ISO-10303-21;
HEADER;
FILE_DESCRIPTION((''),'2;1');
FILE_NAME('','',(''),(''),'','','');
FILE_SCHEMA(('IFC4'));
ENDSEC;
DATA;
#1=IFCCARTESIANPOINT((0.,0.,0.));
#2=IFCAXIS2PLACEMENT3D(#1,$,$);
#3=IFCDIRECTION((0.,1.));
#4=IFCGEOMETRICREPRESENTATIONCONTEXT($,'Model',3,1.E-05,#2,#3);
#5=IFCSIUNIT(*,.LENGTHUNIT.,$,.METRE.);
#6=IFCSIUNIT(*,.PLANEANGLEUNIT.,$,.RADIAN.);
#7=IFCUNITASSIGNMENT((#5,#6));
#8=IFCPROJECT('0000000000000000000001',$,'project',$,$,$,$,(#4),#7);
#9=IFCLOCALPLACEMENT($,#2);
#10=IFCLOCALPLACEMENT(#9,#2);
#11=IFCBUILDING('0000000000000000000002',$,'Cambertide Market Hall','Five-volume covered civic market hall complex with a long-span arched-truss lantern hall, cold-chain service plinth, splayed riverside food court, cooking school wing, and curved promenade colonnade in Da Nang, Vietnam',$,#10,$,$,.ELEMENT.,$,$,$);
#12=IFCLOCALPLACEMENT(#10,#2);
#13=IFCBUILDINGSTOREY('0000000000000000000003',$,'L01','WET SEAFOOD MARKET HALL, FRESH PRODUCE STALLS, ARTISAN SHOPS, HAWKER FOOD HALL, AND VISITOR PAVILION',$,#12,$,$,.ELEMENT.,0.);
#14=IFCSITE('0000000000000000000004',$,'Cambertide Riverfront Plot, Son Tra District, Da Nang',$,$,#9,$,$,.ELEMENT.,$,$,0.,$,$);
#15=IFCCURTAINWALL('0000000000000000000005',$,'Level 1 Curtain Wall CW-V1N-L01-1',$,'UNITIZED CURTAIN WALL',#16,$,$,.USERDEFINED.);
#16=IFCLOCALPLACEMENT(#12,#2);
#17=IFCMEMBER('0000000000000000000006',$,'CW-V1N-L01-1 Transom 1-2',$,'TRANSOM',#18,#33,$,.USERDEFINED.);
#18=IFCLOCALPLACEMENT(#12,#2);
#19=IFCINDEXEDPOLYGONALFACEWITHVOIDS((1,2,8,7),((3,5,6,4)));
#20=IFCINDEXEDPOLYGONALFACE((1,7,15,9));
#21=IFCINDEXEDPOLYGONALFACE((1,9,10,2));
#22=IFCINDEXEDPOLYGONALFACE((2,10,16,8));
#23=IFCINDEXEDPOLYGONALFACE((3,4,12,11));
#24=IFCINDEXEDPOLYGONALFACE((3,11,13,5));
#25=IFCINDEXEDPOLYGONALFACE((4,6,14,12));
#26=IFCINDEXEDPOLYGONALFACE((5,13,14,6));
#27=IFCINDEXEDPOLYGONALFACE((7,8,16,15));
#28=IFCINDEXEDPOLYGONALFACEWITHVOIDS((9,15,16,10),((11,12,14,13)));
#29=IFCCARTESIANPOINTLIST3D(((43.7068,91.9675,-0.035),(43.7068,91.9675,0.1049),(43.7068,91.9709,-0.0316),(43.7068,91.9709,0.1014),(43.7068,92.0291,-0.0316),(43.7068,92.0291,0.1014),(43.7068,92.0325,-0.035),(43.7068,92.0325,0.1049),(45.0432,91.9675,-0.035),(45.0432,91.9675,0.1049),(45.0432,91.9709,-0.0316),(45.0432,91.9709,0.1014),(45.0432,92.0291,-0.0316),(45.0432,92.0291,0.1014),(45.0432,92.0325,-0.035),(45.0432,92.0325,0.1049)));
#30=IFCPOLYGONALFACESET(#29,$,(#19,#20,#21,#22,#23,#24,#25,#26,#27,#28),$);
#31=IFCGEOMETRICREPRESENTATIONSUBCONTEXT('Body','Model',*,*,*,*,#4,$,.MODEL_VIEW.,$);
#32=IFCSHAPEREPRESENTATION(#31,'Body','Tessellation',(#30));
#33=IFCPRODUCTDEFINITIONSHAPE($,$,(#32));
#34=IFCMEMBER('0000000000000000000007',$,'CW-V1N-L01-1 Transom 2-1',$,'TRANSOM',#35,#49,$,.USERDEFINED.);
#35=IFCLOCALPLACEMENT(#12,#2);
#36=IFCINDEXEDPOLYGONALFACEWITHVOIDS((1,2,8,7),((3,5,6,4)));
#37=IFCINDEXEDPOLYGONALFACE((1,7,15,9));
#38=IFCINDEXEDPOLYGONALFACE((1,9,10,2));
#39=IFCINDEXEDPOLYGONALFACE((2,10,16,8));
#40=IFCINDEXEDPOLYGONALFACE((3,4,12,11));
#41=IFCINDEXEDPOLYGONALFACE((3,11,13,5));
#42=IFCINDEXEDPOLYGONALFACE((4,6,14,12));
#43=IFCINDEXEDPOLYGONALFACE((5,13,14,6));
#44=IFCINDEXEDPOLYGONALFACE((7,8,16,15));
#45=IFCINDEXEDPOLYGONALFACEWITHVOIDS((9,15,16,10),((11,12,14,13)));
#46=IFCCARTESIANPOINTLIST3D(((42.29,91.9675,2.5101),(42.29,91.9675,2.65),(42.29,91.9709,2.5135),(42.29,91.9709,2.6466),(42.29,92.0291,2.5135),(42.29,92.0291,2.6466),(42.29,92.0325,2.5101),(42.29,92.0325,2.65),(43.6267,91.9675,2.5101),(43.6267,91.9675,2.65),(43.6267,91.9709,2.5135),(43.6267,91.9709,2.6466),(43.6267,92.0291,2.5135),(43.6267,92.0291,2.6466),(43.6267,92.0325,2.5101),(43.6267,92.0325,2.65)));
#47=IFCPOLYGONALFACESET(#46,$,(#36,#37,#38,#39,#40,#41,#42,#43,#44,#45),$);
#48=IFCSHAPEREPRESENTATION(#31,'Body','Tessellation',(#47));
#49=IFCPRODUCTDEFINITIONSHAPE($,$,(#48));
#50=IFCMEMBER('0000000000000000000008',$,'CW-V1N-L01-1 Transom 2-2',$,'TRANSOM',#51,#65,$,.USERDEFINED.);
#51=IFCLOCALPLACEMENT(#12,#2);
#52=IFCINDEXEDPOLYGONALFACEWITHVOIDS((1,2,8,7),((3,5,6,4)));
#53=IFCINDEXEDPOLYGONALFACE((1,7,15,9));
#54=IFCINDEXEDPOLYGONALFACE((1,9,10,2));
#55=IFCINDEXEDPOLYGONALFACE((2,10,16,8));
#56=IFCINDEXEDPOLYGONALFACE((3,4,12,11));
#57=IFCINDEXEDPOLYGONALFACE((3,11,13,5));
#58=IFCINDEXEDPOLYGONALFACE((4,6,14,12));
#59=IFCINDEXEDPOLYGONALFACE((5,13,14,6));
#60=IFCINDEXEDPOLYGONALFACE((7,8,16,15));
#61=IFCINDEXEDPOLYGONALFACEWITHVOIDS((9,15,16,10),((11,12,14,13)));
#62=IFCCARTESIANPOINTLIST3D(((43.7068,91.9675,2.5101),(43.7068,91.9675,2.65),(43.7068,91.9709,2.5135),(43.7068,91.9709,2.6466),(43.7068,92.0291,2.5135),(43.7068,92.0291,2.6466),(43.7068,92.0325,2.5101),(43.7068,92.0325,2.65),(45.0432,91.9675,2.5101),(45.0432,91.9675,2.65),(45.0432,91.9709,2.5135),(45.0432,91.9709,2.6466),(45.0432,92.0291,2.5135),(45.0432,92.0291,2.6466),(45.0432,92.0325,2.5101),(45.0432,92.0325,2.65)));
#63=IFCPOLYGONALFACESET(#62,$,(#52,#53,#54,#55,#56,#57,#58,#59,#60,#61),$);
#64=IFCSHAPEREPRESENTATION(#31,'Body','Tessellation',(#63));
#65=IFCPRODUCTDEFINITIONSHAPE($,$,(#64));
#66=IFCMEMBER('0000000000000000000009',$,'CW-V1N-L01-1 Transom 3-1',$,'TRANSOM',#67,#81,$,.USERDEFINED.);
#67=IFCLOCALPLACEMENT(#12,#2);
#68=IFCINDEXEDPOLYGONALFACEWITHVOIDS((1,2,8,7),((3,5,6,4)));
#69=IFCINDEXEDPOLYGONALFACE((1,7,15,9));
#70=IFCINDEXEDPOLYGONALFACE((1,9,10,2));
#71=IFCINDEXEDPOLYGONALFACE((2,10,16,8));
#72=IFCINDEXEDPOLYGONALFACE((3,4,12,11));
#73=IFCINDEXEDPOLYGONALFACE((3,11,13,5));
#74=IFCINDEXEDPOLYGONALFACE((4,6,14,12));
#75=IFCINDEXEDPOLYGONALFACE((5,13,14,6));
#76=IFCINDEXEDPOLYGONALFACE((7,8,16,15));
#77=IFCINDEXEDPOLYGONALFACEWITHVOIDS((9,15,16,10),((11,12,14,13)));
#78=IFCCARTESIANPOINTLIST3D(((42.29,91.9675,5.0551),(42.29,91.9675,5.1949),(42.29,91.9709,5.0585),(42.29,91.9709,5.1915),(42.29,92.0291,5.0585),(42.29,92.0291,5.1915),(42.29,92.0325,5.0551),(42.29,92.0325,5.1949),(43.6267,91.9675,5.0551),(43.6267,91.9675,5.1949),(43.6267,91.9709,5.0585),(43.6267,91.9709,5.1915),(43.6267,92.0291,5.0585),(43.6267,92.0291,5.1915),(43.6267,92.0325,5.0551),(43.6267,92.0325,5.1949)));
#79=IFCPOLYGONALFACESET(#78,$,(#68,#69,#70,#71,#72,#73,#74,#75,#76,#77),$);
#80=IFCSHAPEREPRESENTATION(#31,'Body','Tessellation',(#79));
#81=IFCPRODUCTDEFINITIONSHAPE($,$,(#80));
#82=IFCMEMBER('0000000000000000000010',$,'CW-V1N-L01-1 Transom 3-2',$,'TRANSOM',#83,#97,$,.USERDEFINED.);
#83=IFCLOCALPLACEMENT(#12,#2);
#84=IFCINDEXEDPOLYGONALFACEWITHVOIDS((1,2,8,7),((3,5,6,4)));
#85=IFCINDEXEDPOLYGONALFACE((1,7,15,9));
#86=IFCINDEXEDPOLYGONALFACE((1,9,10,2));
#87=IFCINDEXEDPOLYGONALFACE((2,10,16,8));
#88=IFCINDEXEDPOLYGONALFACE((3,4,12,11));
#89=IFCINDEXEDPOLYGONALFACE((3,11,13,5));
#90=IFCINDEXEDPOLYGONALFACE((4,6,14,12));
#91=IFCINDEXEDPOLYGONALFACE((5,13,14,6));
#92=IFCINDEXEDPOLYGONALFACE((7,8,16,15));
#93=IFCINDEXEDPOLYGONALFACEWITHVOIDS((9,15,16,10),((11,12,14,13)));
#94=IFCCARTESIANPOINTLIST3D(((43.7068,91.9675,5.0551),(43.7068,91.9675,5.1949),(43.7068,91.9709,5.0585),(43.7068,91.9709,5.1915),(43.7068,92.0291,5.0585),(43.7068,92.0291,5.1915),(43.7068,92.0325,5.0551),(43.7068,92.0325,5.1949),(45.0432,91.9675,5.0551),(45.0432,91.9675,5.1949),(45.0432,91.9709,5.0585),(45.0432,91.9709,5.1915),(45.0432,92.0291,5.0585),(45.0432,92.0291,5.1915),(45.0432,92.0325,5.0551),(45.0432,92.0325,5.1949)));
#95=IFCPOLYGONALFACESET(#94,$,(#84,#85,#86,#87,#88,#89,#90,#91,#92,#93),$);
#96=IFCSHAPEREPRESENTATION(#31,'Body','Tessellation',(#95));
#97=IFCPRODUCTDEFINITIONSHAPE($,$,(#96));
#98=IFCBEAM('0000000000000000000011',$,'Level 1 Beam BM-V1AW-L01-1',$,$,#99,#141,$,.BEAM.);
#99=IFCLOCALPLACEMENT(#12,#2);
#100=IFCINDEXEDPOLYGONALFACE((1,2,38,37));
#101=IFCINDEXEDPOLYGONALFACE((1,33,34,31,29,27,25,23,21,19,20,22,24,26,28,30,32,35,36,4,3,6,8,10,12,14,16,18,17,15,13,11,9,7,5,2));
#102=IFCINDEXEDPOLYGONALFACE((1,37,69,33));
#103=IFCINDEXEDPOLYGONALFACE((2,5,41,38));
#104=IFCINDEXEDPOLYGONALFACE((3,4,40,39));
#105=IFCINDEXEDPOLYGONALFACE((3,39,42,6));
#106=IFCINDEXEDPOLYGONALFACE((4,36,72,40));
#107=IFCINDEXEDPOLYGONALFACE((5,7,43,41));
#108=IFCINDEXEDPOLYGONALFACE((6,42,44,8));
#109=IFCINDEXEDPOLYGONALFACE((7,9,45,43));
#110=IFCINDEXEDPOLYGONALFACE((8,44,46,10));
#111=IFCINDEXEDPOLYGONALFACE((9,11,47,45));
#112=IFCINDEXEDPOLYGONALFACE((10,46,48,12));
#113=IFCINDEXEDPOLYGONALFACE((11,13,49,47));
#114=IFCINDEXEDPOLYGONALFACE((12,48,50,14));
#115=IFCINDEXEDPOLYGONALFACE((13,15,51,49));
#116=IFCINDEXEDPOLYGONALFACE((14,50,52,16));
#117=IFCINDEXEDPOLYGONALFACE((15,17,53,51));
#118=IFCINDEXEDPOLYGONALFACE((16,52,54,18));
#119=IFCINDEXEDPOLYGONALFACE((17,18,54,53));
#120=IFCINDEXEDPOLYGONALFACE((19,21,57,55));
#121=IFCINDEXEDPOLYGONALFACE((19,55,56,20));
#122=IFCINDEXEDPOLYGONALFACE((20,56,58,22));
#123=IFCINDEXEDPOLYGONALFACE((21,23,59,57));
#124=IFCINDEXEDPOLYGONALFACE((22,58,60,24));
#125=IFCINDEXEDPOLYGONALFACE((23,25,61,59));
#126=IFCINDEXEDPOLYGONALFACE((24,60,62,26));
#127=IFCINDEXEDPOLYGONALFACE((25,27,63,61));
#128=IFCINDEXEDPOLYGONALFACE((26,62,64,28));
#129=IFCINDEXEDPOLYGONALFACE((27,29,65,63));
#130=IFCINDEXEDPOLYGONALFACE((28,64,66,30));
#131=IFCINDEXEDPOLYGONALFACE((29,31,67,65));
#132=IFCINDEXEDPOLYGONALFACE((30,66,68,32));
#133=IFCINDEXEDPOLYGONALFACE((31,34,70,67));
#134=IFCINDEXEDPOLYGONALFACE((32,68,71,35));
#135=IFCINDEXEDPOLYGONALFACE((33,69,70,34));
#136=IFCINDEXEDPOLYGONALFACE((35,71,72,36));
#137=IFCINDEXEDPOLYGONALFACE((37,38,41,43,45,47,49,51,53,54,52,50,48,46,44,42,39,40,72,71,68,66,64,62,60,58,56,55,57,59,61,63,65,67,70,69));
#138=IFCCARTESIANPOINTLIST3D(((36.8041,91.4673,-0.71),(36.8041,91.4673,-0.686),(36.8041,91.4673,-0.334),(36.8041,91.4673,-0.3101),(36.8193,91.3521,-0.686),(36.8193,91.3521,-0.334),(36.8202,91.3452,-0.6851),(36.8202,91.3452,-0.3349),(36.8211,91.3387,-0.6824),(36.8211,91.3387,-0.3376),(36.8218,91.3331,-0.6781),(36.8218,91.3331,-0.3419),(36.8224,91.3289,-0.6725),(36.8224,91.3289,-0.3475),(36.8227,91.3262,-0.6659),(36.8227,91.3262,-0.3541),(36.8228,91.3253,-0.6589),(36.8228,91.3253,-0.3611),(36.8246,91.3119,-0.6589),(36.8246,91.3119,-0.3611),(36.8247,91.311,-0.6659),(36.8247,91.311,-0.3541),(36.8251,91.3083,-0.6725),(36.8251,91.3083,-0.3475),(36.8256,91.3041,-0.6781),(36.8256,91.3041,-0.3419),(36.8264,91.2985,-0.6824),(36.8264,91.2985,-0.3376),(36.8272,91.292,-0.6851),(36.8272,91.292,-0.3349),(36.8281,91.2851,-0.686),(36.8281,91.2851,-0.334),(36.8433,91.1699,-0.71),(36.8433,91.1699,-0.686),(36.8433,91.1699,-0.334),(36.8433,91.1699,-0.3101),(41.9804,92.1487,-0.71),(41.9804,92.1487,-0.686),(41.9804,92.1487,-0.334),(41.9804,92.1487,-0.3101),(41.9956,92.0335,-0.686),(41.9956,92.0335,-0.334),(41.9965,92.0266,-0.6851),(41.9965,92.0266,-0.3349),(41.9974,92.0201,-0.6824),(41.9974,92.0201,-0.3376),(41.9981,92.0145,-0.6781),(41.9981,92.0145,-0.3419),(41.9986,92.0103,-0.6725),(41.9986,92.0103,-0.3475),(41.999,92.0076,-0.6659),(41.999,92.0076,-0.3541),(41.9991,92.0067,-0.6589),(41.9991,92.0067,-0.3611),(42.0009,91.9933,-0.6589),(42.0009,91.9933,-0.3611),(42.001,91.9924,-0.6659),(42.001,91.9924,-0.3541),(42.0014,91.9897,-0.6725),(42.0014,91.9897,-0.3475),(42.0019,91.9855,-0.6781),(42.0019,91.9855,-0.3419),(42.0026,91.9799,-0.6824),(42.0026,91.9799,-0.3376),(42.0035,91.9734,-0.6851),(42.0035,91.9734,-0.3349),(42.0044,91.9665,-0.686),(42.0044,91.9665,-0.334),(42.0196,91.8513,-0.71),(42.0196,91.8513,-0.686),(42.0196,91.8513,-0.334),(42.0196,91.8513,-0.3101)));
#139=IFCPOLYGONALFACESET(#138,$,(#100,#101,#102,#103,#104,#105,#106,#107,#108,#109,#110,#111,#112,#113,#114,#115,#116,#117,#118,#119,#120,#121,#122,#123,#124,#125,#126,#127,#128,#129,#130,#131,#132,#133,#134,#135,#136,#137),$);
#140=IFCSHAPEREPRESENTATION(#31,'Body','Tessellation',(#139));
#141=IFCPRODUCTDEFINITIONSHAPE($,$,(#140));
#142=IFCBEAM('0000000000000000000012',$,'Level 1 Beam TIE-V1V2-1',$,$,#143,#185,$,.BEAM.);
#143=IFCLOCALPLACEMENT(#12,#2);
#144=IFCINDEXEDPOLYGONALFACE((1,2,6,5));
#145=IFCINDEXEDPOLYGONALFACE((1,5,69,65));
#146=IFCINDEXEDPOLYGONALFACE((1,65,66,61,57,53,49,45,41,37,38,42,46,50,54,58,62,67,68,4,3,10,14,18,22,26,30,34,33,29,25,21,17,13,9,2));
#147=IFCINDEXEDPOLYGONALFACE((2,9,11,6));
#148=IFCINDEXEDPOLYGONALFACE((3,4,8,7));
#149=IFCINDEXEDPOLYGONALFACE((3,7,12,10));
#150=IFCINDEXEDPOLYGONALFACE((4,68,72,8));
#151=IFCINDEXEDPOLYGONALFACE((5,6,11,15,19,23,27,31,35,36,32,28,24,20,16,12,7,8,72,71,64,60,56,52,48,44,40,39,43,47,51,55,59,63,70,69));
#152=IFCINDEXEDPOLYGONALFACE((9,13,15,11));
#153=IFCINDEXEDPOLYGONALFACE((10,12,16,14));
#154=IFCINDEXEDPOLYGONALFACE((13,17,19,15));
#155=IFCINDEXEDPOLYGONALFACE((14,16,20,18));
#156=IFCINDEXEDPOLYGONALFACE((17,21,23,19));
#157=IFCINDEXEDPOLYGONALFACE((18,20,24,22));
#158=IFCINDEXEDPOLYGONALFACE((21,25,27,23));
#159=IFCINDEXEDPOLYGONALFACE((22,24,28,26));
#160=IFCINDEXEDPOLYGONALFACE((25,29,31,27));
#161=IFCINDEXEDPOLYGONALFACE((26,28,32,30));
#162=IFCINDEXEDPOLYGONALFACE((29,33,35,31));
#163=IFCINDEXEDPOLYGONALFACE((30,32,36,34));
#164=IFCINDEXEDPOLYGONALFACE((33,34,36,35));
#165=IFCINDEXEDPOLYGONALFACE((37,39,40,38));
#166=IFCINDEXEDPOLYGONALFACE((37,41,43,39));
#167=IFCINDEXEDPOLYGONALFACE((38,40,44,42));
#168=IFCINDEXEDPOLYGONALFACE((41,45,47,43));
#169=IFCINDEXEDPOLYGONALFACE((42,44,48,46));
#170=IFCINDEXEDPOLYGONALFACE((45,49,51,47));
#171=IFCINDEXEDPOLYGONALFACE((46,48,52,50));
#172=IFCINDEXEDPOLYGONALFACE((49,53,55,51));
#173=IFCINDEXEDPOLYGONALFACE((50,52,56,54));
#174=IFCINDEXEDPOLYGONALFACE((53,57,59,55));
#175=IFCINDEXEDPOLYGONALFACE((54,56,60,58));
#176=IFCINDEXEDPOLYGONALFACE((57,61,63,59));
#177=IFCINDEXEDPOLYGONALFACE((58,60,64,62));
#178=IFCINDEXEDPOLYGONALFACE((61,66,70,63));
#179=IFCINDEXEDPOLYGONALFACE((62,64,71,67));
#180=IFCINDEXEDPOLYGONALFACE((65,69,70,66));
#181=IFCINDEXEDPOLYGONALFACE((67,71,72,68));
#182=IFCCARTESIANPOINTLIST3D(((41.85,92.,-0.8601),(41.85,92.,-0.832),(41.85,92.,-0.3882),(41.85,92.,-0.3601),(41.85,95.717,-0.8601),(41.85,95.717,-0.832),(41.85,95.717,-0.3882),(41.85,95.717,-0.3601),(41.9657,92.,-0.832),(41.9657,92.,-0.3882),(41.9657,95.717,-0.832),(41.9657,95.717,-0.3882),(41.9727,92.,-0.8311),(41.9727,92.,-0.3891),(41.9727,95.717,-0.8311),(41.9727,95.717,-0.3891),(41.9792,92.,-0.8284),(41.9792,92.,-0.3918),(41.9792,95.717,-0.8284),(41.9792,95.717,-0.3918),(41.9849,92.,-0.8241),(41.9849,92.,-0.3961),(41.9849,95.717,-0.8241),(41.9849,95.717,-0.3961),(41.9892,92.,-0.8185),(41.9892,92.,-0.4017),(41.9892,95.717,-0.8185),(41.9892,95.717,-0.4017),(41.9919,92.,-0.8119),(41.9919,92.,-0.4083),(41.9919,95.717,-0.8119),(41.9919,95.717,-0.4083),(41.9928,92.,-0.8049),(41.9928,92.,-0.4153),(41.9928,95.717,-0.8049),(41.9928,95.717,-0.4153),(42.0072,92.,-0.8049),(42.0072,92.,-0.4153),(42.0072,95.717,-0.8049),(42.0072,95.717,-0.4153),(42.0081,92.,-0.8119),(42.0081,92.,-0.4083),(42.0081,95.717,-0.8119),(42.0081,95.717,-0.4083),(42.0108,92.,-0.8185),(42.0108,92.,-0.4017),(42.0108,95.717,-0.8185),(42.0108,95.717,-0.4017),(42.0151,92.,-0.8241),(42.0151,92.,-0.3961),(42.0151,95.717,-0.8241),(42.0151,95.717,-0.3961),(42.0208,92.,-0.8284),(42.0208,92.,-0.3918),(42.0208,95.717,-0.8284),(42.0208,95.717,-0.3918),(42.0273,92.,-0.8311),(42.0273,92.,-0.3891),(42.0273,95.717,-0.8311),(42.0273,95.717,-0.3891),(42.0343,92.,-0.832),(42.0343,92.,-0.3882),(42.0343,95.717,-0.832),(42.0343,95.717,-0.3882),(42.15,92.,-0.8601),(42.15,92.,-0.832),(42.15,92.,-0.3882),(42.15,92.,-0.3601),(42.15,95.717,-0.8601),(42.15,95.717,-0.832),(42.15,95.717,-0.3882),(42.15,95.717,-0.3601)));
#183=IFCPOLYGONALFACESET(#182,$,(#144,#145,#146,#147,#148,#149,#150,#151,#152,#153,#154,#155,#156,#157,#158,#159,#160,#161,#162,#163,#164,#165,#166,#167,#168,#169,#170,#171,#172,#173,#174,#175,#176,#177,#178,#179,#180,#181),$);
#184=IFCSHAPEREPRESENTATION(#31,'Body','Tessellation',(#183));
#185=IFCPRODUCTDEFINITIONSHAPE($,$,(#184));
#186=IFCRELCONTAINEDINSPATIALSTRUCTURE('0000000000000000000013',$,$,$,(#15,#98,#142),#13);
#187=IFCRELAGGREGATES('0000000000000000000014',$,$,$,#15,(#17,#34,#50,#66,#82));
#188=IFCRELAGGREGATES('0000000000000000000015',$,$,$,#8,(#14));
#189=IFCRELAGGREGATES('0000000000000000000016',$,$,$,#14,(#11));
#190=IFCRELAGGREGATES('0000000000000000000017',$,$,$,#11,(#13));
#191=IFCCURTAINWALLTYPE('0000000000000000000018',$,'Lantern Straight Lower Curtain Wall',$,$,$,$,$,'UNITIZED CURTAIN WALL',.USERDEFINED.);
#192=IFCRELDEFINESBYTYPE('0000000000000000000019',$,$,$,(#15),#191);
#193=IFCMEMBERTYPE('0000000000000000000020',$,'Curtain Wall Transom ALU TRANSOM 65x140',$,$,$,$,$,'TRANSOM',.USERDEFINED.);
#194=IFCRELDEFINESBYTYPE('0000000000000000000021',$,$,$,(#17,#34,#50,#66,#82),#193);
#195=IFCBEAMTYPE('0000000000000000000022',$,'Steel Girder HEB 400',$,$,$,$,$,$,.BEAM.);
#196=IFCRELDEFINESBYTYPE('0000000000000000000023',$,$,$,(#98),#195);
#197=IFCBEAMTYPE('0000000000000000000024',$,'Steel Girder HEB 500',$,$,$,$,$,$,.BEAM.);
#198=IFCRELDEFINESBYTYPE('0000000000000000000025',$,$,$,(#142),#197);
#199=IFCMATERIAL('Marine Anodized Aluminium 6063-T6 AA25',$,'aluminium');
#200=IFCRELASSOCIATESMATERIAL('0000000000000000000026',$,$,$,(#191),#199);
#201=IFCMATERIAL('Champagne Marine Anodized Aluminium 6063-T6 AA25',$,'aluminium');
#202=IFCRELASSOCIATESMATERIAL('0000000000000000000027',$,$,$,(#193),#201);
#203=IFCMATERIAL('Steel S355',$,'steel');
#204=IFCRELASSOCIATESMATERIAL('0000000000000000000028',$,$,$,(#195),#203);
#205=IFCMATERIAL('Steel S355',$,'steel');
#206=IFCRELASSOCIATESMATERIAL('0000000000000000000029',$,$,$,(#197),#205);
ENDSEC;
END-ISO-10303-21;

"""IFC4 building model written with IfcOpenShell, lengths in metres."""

from ifc_helpers import new_model, si_unit, direction, frame, origin, origin_2d, place, context, subcontext, project, spatial, hollow_rectangle, i_section, extrude, material, material_profile, profile_set, type_object, element, aggregate, save


model = new_model("IFC4")

# Units and contexts
model_context = context("Model", 3, precision=1e-05, world=origin(), true_north=direction((0.0, 1.0)))
body_context = subcontext(model_context, "Body", "Model", "MODEL_VIEW")
ifc_project = project(units=[si_unit("LENGTHUNIT", "METRE"), si_unit("PLANEANGLEUNIT", "RADIAN")], contexts=[model_context])

# Site, building, storey
site_placement = place(None, origin())
site = spatial("IfcSite", under=ifc_project, at=site_placement, Name="Cambertide Riverfront Plot, Son Tra District, Da Nang", CompositionType="ELEMENT", RefElevation=0.0)
building_placement = place(site_placement, origin())
building = spatial("IfcBuilding", under=site, at=building_placement, Name="Cambertide Market Hall", Description="Five-volume covered civic market hall complex with a long-span arched-truss lantern hall, cold-chain service plinth, splayed riverside food court, cooking school wing, and curved promenade colonnade in Da Nang, Vietnam", CompositionType="ELEMENT")
storey_placement = place(building_placement, origin())
storey = spatial("IfcBuildingStorey", under=building, at=storey_placement, Name="L01", Description="WET SEAFOOD MARKET HALL, FRESH PRODUCE STALLS, ARTISAN SHOPS, HAWKER FOOD HALL, AND VISITOR PAVILION", CompositionType="ELEMENT", Elevation=0.0)

# Curtain wall
ifc_material_1 = material(Name="Marine Anodized Aluminium 6063-T6 AA25", Category="aluminium")
curtain_wall_type_1 = type_object("IfcCurtainWallType", Name="Lantern Straight Lower Curtain Wall", ElementType="UNITIZED CURTAIN WALL", PredefinedType="USERDEFINED", material=ifc_material_1)
curtain_wall_1_placement = place(storey_placement, origin())
curtain_wall_1 = element("IfcCurtainWall", 1, at=curtain_wall_1_placement, inside=storey, type_object=curtain_wall_type_1, Name="Level 1 Curtain Wall CW-V1N-L01-1", ObjectType="UNITIZED CURTAIN WALL", PredefinedType="USERDEFINED")

# Members
ifc_material_2 = material(Name="Champagne Marine Anodized Aluminium 6063-T6 AA25", Category="aluminium")
ifc_material_profile_1 = material_profile(ifc_material_2, hollow_rectangle(XDim=0.0649, YDim=0.1399, WallThickness=0.0034, at=origin_2d()), Name="ALU TRANSOM 65x140")
ifc_profile_set_1 = profile_set([ifc_material_profile_1], Name="Champagne Marine Anodized Aluminium 6063-T6 AA25")
member_type_1 = type_object("IfcMemberType", Name="Curtain Wall Transom ALU TRANSOM 65x140", ElementType="TRANSOM", PredefinedType="USERDEFINED", material=ifc_profile_set_1)
member_1_placement = place(storey_placement, frame((43.7068, 92.0, 0.0349), z_axis=(1.0, 0.0, 0.0), x_axis=(0.0, 1.0, 0.0)))
member_1 = element("IfcMember", 2, at=member_1_placement, type_object=member_type_1, Name="CW-V1N-L01-1 Transom 1-2", ObjectType="TRANSOM", PredefinedType="USERDEFINED", context=body_context, shape_type="SweptSolid", body=[
    extrude(hollow_rectangle(XDim=0.0649, YDim=0.1399, WallThickness=0.0034, at=origin_2d()), origin(), (0.0, 0.0, 1.0), 1.3364),
])
member_2_placement = place(storey_placement, frame((42.29, 92.0, 2.5801), z_axis=(1.0, 0.0, 0.0), x_axis=(0.0, 1.0, 0.0)))
member_2 = element("IfcMember", 3, at=member_2_placement, type_object=member_type_1, Name="CW-V1N-L01-1 Transom 2-1", ObjectType="TRANSOM", PredefinedType="USERDEFINED", context=body_context, shape_type="SweptSolid", body=[
    extrude(hollow_rectangle(XDim=0.0649, YDim=0.1399, WallThickness=0.0034, at=origin_2d()), origin(), (0.0, 0.0, 1.0), 1.3367),
])
member_3_placement = place(storey_placement, frame((43.7068, 92.0, 2.5801), z_axis=(1.0, 0.0, 0.0), x_axis=(0.0, 1.0, 0.0)))
member_3 = element("IfcMember", 4, at=member_3_placement, type_object=member_type_1, Name="CW-V1N-L01-1 Transom 2-2", ObjectType="TRANSOM", PredefinedType="USERDEFINED", context=body_context, shape_type="SweptSolid", body=[
    extrude(hollow_rectangle(XDim=0.0649, YDim=0.1399, WallThickness=0.0034, at=origin_2d()), origin(), (0.0, 0.0, 1.0), 1.3364),
])
member_4_placement = place(storey_placement, frame((42.29, 92.0, 5.125), z_axis=(1.0, 0.0, 0.0), x_axis=(0.0, 1.0, 0.0)))
member_4 = element("IfcMember", 5, at=member_4_placement, type_object=member_type_1, Name="CW-V1N-L01-1 Transom 3-1", ObjectType="TRANSOM", PredefinedType="USERDEFINED", context=body_context, shape_type="SweptSolid", body=[
    extrude(hollow_rectangle(XDim=0.0649, YDim=0.1399, WallThickness=0.0034, at=origin_2d()), origin(), (0.0, 0.0, 1.0), 1.3367),
])
member_5_placement = place(storey_placement, frame((43.7068, 92.0, 5.125), z_axis=(1.0, 0.0, 0.0), x_axis=(0.0, 1.0, 0.0)))
member_5 = element("IfcMember", 6, at=member_5_placement, type_object=member_type_1, Name="CW-V1N-L01-1 Transom 3-2", ObjectType="TRANSOM", PredefinedType="USERDEFINED", context=body_context, shape_type="SweptSolid", body=[
    extrude(hollow_rectangle(XDim=0.0649, YDim=0.1399, WallThickness=0.0034, at=origin_2d()), origin(), (0.0, 0.0, 1.0), 1.3364),
])

# Beams
ifc_material_3 = material(Name="Steel S355", Category="steel")
ifc_material_profile_2 = material_profile(ifc_material_3, i_section(OverallWidth=0.3, OverallDepth=0.3999, WebThickness=0.0134, FlangeThickness=0.0239, FilletRadius=0.0271, at=origin_2d()), Name="HEB 400")
ifc_profile_set_2 = profile_set([ifc_material_profile_2], Name="Steel S355")
beam_type_1 = type_object("IfcBeamType", Name="Steel Girder HEB 400", PredefinedType="BEAM", material=ifc_profile_set_2)
beam_1_placement = place(storey_placement, frame((42.0, 92.0, -0.51), z_axis=(-0.991447, -0.130513, 0.0), x_axis=(0.130513, -0.991447, 0.0)))
element("IfcBeam", 7, at=beam_1_placement, inside=storey, type_object=beam_type_1, Name="Level 1 Beam BM-V1AW-L01-1", PredefinedType="BEAM", context=body_context, shape_type="SweptSolid", body=[
    extrude(i_section(OverallWidth=0.3, OverallDepth=0.3999, WebThickness=0.0134, FlangeThickness=0.0239, FilletRadius=0.0271, at=origin_2d()), origin(), (0.0, 0.0, 1.0), 5.2209),
])
ifc_material_4 = material(Name="Steel S355", Category="steel")
ifc_material_profile_3 = material_profile(ifc_material_4, i_section(OverallWidth=0.3, OverallDepth=0.5, WebThickness=0.0144, FlangeThickness=0.0281, FilletRadius=0.0271, at=origin_2d()), Name="HEB 500")
ifc_profile_set_3 = profile_set([ifc_material_profile_3], Name="Steel S355")
beam_type_2 = type_object("IfcBeamType", Name="Steel Girder HEB 500", PredefinedType="BEAM", material=ifc_profile_set_3)
beam_2_placement = place(storey_placement, frame((42.0, 92.0, -0.6101), z_axis=(0.0, 1.0, 0.0), x_axis=(-1.0, 0.0, 0.0)))
element("IfcBeam", 8, at=beam_2_placement, inside=storey, type_object=beam_type_2, Name="Level 1 Beam TIE-V1V2-1", PredefinedType="BEAM", context=body_context, shape_type="SweptSolid", body=[
    extrude(i_section(OverallWidth=0.3, OverallDepth=0.5, WebThickness=0.0144, FlangeThickness=0.0281, FilletRadius=0.0271, at=origin_2d()), origin(), (0.0, 0.0, 1.0), 3.717),
])

aggregate(curtain_wall_1, [member_1, member_2, member_3, member_4, member_5])

save(model, "model.ifc")
